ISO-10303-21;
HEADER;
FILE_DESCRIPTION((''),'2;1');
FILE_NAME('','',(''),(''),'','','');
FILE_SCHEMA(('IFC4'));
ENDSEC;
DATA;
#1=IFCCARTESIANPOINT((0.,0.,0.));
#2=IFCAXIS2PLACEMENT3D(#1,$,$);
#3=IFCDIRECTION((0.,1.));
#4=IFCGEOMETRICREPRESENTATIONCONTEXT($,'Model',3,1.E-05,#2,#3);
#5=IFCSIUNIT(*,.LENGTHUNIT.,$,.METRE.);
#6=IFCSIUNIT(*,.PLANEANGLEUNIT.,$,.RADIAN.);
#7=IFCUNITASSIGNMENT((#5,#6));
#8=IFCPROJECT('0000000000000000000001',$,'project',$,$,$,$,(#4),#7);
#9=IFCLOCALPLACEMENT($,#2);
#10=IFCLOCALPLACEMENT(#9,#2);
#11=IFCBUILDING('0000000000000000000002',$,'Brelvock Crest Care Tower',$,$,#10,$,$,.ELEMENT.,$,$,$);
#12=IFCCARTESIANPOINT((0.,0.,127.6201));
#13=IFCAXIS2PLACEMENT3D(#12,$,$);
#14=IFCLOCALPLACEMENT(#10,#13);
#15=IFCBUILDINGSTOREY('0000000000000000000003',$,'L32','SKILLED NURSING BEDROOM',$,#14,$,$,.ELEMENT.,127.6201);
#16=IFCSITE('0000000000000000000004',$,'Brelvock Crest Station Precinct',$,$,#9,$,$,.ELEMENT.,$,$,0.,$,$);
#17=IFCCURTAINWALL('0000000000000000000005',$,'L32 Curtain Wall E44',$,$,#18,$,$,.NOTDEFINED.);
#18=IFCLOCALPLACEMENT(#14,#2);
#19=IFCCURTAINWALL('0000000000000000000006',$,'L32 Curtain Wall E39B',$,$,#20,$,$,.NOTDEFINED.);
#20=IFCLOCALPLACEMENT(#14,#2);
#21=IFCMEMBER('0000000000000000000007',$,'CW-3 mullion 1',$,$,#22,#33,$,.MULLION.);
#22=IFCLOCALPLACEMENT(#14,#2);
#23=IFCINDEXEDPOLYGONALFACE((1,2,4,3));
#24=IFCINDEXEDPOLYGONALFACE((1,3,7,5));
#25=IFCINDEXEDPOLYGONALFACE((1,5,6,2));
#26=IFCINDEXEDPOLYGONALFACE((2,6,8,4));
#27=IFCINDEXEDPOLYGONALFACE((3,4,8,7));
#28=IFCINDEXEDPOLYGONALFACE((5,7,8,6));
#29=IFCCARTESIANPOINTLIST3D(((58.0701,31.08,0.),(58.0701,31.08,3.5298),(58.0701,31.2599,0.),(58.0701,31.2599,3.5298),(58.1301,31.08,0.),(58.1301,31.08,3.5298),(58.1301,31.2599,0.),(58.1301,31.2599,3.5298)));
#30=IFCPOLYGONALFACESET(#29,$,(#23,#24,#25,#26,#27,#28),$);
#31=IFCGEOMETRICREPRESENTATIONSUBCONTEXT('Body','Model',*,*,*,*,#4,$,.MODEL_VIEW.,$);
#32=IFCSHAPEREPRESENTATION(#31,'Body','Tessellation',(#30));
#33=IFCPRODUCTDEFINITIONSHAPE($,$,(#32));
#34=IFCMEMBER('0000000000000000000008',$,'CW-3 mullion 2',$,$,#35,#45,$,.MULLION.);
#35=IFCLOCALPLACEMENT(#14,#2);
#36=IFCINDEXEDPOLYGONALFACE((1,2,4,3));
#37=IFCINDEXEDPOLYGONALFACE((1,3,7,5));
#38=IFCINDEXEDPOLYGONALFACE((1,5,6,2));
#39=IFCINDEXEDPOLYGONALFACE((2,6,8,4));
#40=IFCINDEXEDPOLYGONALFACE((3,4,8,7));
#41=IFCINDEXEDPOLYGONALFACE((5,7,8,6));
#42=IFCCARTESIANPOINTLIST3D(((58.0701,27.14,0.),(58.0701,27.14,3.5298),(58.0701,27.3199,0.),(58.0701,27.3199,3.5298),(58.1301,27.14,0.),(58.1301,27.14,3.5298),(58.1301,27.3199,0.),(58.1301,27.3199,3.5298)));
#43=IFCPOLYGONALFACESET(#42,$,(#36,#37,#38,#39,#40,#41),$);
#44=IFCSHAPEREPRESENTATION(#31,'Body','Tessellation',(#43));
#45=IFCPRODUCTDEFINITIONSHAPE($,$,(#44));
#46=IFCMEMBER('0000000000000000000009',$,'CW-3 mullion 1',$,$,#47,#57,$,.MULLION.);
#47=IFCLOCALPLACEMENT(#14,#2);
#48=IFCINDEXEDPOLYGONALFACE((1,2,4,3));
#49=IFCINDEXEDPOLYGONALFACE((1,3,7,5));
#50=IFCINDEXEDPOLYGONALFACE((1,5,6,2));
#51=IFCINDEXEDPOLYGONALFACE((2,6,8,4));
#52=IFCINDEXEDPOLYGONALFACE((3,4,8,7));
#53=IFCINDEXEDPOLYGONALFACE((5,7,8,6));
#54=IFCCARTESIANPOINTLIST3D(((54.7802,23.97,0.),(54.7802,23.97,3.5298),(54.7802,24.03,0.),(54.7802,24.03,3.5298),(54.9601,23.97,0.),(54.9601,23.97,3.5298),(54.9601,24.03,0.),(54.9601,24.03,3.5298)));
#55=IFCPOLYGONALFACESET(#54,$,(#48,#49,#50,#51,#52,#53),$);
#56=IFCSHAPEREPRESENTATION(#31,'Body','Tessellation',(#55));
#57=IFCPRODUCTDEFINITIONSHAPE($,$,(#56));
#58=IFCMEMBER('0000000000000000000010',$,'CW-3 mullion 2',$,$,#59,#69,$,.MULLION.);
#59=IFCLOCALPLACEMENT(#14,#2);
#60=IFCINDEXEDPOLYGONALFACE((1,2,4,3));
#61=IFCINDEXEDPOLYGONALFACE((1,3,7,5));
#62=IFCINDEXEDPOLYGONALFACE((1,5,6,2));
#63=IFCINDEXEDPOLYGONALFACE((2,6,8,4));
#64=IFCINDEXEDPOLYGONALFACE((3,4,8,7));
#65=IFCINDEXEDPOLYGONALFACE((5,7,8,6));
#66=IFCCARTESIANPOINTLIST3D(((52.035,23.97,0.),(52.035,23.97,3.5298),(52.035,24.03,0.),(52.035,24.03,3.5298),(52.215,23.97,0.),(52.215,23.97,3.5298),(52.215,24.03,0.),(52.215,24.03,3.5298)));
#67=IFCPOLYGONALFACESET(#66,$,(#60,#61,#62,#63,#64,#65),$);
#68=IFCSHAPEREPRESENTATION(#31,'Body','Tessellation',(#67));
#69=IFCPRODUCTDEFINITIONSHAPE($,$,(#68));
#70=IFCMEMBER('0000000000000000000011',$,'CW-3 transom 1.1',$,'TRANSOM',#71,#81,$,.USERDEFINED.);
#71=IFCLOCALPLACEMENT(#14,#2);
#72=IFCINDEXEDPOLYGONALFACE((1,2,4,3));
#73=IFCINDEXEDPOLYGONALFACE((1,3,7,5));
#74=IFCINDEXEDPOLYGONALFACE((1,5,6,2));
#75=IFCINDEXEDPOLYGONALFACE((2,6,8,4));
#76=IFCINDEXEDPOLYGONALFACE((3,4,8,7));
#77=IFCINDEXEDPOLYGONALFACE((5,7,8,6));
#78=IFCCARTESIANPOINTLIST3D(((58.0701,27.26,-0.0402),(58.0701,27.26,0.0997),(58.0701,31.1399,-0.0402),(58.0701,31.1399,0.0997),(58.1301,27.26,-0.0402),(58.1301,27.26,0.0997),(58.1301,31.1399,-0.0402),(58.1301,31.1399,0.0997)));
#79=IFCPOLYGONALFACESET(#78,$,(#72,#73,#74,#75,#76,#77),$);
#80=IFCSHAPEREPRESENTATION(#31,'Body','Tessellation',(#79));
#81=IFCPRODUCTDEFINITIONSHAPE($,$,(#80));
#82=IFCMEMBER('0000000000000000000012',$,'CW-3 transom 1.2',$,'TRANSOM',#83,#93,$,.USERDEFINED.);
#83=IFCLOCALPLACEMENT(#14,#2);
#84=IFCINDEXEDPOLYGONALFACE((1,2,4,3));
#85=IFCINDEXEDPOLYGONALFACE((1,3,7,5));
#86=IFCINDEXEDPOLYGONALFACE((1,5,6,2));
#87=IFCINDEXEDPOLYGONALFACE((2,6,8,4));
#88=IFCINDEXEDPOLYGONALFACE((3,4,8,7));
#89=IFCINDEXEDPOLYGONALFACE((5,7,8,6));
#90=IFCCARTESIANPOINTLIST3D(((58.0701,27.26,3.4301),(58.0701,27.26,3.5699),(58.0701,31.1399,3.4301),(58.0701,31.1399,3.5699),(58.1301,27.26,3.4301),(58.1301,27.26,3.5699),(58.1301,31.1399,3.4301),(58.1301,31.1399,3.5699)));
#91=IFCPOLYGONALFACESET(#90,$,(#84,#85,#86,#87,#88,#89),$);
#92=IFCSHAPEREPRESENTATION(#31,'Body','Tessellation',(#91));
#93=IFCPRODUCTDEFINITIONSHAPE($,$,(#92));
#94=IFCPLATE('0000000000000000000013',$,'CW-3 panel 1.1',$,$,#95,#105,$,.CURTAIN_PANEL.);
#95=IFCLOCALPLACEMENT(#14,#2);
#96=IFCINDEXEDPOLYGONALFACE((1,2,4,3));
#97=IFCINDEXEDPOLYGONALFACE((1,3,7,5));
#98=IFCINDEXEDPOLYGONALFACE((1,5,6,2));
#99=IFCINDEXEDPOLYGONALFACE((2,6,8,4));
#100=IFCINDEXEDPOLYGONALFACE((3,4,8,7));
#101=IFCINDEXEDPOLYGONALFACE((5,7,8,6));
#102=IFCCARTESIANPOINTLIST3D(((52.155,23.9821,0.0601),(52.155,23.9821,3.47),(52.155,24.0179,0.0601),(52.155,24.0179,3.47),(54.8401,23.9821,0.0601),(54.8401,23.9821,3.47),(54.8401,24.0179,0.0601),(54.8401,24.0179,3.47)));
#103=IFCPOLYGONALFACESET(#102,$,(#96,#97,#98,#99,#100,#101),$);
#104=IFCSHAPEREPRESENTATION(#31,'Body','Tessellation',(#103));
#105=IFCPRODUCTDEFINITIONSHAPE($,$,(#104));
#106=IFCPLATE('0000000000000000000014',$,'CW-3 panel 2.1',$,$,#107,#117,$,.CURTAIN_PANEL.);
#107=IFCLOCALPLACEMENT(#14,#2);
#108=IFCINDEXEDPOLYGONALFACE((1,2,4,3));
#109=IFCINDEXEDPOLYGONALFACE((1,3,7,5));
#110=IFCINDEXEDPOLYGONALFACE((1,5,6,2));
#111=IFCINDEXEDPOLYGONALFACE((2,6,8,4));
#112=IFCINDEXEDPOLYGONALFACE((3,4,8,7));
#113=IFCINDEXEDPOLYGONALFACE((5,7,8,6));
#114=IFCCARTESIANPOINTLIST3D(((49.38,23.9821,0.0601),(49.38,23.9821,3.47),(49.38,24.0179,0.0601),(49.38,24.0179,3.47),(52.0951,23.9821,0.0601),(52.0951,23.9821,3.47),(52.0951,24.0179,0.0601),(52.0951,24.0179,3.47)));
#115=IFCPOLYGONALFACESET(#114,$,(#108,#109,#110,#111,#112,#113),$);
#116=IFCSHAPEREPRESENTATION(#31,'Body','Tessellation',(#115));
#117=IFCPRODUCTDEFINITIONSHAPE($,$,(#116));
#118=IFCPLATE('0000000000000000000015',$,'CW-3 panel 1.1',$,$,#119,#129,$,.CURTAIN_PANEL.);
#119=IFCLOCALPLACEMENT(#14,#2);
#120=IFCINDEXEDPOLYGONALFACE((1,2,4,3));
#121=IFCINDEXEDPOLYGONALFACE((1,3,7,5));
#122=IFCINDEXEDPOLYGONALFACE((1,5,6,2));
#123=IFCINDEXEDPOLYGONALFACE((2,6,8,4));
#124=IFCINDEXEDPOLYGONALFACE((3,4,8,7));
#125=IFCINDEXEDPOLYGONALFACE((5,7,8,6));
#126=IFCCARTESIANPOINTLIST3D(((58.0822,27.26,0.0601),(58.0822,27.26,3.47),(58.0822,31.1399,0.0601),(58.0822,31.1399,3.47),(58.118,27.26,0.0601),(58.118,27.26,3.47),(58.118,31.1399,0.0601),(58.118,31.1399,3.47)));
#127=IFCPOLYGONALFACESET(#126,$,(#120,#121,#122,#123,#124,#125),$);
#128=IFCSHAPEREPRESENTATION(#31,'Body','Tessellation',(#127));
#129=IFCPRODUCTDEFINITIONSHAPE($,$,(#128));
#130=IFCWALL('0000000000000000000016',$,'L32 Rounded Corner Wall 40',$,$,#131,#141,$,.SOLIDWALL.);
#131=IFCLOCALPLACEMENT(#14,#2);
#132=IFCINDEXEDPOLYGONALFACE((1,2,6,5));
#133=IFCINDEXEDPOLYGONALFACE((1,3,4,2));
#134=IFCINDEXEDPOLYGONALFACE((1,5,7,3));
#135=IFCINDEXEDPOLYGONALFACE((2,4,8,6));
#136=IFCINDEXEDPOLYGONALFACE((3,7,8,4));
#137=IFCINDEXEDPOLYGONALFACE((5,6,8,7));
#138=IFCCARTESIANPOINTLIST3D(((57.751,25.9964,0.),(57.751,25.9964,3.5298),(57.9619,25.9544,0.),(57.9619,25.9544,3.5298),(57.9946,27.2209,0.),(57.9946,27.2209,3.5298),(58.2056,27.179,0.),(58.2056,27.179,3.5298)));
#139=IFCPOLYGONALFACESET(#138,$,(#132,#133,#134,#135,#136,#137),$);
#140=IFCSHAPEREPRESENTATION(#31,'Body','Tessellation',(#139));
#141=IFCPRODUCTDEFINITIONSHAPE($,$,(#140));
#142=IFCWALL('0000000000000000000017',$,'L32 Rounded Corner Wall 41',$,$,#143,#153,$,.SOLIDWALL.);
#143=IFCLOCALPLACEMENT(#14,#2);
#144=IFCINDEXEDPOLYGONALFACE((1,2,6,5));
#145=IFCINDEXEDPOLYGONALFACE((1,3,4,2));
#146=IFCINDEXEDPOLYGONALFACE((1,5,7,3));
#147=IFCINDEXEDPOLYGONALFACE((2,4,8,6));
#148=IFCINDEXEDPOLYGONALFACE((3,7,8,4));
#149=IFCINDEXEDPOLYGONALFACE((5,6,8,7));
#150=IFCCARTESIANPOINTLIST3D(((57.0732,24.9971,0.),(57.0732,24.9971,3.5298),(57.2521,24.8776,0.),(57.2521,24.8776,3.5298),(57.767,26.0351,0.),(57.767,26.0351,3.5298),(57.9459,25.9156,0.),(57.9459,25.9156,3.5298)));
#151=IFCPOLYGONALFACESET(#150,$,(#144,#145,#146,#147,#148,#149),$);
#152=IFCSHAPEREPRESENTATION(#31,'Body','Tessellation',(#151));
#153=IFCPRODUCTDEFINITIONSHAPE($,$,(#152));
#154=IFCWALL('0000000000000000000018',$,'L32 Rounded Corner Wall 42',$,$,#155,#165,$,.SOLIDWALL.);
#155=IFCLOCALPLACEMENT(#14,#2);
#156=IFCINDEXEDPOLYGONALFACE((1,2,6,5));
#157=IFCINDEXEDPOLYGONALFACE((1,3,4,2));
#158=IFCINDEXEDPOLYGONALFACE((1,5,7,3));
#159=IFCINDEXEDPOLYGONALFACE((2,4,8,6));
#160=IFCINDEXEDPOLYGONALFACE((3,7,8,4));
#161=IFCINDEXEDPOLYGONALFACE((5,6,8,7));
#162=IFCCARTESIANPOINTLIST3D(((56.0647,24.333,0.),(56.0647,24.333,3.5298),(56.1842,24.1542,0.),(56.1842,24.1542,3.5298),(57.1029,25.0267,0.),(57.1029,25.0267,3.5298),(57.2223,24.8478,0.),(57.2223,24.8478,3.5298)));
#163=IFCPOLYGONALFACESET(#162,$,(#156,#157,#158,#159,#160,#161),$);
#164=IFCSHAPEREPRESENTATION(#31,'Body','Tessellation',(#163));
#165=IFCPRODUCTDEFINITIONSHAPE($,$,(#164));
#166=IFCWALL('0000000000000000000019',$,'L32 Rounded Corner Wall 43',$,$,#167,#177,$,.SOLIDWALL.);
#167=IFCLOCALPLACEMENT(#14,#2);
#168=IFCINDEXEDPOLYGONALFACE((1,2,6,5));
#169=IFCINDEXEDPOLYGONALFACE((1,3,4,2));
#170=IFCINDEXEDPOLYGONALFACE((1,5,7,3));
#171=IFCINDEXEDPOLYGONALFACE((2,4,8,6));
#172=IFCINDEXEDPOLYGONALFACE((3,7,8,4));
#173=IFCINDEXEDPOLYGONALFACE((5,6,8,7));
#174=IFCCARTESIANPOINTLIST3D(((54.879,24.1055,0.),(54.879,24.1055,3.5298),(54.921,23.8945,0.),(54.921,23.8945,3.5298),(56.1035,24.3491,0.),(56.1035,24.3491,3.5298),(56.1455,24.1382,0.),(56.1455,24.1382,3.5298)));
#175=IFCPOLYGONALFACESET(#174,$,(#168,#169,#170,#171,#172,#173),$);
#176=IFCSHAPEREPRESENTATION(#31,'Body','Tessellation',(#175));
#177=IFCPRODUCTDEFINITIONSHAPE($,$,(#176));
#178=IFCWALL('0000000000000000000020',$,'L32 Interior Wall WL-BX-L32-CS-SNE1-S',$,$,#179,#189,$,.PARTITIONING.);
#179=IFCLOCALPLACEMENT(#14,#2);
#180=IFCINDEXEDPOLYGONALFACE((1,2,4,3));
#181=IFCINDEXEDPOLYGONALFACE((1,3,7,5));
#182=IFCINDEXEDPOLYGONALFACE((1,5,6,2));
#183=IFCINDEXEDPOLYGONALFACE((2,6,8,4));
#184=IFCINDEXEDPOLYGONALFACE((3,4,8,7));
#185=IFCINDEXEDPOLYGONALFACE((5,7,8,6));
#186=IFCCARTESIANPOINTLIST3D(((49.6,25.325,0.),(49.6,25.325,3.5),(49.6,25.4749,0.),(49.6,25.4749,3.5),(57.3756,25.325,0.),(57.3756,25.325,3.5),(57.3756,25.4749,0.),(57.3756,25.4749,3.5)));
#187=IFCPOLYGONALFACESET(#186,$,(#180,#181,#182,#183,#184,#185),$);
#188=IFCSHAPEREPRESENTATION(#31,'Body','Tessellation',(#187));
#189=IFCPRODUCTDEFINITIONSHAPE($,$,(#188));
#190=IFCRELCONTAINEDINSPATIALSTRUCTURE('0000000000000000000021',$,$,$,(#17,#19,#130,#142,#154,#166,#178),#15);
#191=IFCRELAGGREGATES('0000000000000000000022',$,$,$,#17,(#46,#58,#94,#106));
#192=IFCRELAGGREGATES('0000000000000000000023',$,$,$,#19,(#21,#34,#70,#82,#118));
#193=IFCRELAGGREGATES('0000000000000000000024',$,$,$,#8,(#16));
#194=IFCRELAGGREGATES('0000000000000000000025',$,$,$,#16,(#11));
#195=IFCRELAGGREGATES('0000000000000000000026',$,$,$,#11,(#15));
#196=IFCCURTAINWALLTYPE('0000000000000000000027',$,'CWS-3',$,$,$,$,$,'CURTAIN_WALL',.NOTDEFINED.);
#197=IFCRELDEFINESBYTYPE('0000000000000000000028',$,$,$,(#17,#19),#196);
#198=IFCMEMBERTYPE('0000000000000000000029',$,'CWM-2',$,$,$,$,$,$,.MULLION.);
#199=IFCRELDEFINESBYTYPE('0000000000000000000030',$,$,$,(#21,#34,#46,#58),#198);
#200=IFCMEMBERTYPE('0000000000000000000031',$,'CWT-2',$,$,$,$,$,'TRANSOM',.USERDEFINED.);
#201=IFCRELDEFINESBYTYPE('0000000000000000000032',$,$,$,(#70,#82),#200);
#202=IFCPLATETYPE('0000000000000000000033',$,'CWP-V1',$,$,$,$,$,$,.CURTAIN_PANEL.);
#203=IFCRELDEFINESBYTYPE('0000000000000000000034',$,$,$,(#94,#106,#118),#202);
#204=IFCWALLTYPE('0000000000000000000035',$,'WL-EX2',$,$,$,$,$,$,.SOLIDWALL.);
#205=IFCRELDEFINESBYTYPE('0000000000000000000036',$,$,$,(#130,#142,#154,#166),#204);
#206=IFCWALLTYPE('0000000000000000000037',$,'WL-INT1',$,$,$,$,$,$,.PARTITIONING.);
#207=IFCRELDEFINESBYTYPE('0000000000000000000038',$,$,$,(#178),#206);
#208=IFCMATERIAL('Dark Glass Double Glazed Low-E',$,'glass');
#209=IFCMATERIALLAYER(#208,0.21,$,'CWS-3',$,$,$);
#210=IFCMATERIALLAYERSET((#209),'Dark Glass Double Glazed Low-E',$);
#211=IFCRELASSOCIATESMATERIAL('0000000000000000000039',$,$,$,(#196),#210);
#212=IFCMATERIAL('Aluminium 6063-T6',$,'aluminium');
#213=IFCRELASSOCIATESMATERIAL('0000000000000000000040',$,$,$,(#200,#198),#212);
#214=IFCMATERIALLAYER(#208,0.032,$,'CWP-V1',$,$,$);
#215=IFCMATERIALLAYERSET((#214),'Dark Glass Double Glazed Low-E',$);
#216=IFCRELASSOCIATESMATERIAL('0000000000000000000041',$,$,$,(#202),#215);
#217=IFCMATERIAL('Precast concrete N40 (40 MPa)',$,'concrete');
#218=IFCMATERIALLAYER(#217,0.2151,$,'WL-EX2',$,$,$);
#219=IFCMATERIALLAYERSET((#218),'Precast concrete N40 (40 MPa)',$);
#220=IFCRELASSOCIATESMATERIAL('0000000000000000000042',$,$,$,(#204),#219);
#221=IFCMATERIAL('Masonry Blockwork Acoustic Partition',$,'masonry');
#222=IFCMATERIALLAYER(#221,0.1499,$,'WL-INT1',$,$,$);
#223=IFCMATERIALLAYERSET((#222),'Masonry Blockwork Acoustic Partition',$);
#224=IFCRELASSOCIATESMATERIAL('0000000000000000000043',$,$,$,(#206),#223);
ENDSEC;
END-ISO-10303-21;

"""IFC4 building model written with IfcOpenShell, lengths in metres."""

from ifc_helpers import new_model, si_unit, direction, frame, frame_2d, origin, origin_2d, place, context, subcontext, project, spatial, rectangle, extrude, source, transform, mapped, material, layer, layer_set, material_profile, profile_set, type_object, element, aggregate, save


model = new_model("IFC4")

# Units and contexts
model_context = context("Model", 3, precision=1e-05, world=origin(), true_north=direction((0.0, 1.0)))
body_context = subcontext(model_context, "Body", "Model", "MODEL_VIEW")
ifc_project = project(units=[si_unit("LENGTHUNIT", "METRE"), si_unit("PLANEANGLEUNIT", "RADIAN")], contexts=[model_context])

# Site, building, storey
site_placement = place(None, origin())
site = spatial("IfcSite", under=ifc_project, at=site_placement, Name="Brelvock Crest Station Precinct", CompositionType="ELEMENT", RefElevation=0.0)
building_placement = place(site_placement, origin())
building = spatial("IfcBuilding", under=site, at=building_placement, Name="Brelvock Crest Care Tower", CompositionType="ELEMENT")
storey_placement = place(building_placement, frame((0.0, 0.0, 127.6201)))
storey = spatial("IfcBuildingStorey", under=building, at=storey_placement, Name="L32", Description="SKILLED NURSING BEDROOM", CompositionType="ELEMENT", Elevation=127.6201)

# Curtain walls, members
ifc_material_1 = material(Name="Dark Glass Double Glazed Low-E", Category="glass")
ifc_layer_1 = layer(ifc_material_1, 0.21, Name="CWS-3")
ifc_layer_set_1 = layer_set([ifc_layer_1], Name="Dark Glass Double Glazed Low-E")
curtain_wall_type = type_object("IfcCurtainWallType", Name="CWS-3", ElementType="CURTAIN_WALL", PredefinedType="NOTDEFINED", material=ifc_layer_set_1)
curtain_wall_1_placement = place(storey_placement, origin())
curtain_wall_1 = element("IfcCurtainWall", 1, at=curtain_wall_1_placement, inside=storey, type_object=curtain_wall_type, Name="L32 Curtain Wall E44", PredefinedType="NOTDEFINED")
ifc_material_2 = material(Name="Aluminium 6063-T6", Category="aluminium")
ifc_material_profile_1 = material_profile(ifc_material_2, rectangle(XDim=0.0601, YDim=0.1399, at=origin_2d()), Name="ALU60x140")
ifc_profile_set_1 = profile_set([ifc_material_profile_1], Name="Aluminium 6063-T6")
member_type_1 = type_object("IfcMemberType", Name="CWT-2", ElementType="TRANSOM", PredefinedType="USERDEFINED", material=ifc_profile_set_1)
curtain_wall_2_placement = place(storey_placement, origin())
curtain_wall_2 = element("IfcCurtainWall", 2, at=curtain_wall_2_placement, inside=storey, type_object=curtain_wall_type, Name="L32 Curtain Wall E39B", PredefinedType="NOTDEFINED")
ifc_material_profile_2 = material_profile(ifc_material_2, rectangle(XDim=0.0601, YDim=0.1799, at=origin_2d()), Name="ALU60x180")
ifc_profile_set_2 = profile_set([ifc_material_profile_2], Name="Aluminium 6063-T6")
member_type_2 = type_object("IfcMemberType", Name="CWM-2", PredefinedType="MULLION", material=ifc_profile_set_2)
shared_shape_1 = source(origin(), body_context, "Body", "SweptSolid", [
    extrude(rectangle(XDim=0.0601, YDim=0.1799, at=origin_2d()), origin(), (0.0, 0.0, 1.0), 3.5298),
])
member_1_placement = place(storey_placement, frame((58.1001, 31.1699, 0.0), z_axis=(0.0, 0.0, 1.0), x_axis=(1.0, 0.0, 0.0)))
member_1 = element("IfcMember", 3, at=member_1_placement, type_object=member_type_2, Name="CW-3 mullion 1", PredefinedType="MULLION", context=body_context, shape_type="MappedRepresentation", body=[
    mapped(shared_shape_1, transform((0.0, 0.0, 0.0), x_axis=(1.0, 0.0, 0.0), y_axis=(0.0, 1.0, 0.0), z_axis=(0.0, 0.0, 1.0), scale=1.0)),
])
member_2_placement = place(storey_placement, frame((58.1001, 27.23, 0.0), z_axis=(0.0, 0.0, 1.0), x_axis=(1.0, 0.0, 0.0)))
member_2 = element("IfcMember", 4, at=member_2_placement, type_object=member_type_2, Name="CW-3 mullion 2", PredefinedType="MULLION", context=body_context, shape_type="MappedRepresentation", body=[
    mapped(shared_shape_1, transform((0.0, 0.0, 0.0), x_axis=(1.0, 0.0, 0.0), y_axis=(0.0, 1.0, 0.0), z_axis=(0.0, 0.0, 1.0), scale=1.0)),
])

# Members
member_3_placement = place(storey_placement, frame((54.8701, 24.0, 0.0), z_axis=(0.0, 0.0, 1.0), x_axis=(0.0, -1.0, 0.0)))
member_3 = element("IfcMember", 5, at=member_3_placement, type_object=member_type_2, Name="CW-3 mullion 1", PredefinedType="MULLION", context=body_context, shape_type="MappedRepresentation", body=[
    mapped(shared_shape_1, transform((0.0, 0.0, 0.0), x_axis=(1.0, 0.0, 0.0), y_axis=(0.0, 1.0, 0.0), z_axis=(0.0, 0.0, 1.0), scale=1.0)),
])
member_4_placement = place(storey_placement, frame((52.125, 24.0, 0.0), z_axis=(0.0, 0.0, 1.0), x_axis=(0.0, -1.0, 0.0)))
member_4 = element("IfcMember", 6, at=member_4_placement, type_object=member_type_2, Name="CW-3 mullion 2", PredefinedType="MULLION", context=body_context, shape_type="MappedRepresentation", body=[
    mapped(shared_shape_1, transform((0.0, 0.0, 0.0), x_axis=(1.0, 0.0, 0.0), y_axis=(0.0, 1.0, 0.0), z_axis=(0.0, 0.0, 1.0), scale=1.0)),
])
shared_shape_2 = source(origin(), body_context, "Body", "SweptSolid", [
    extrude(rectangle(XDim=0.0601, YDim=0.1399, at=origin_2d()), origin(), (0.0, 0.0, 1.0), 3.8799),
])
member_5_placement = place(storey_placement, frame((58.1001, 31.1399, 0.0298), z_axis=(0.0, -1.0, 0.0), x_axis=(1.0, 0.0, 0.0)))
member_5 = element("IfcMember", 7, at=member_5_placement, type_object=member_type_1, Name="CW-3 transom 1.1", ObjectType="TRANSOM", PredefinedType="USERDEFINED", context=body_context, shape_type="MappedRepresentation", body=[
    mapped(shared_shape_2, transform((0.0, 0.0, 0.0), x_axis=(1.0, 0.0, 0.0), y_axis=(0.0, 1.0, 0.0), z_axis=(0.0, 0.0, 1.0), scale=1.0)),
])
member_6_placement = place(storey_placement, frame((58.1001, 31.1399, 3.5), z_axis=(0.0, -1.0, 0.0), x_axis=(1.0, 0.0, 0.0)))
member_6 = element("IfcMember", 8, at=member_6_placement, type_object=member_type_1, Name="CW-3 transom 1.2", ObjectType="TRANSOM", PredefinedType="USERDEFINED", context=body_context, shape_type="MappedRepresentation", body=[
    mapped(shared_shape_2, transform((0.0, 0.0, 0.0), x_axis=(1.0, 0.0, 0.0), y_axis=(0.0, 1.0, 0.0), z_axis=(0.0, 0.0, 1.0), scale=1.0)),
])

# Plates
ifc_layer_2 = layer(ifc_material_1, 0.032, Name="CWP-V1")
ifc_layer_set_2 = layer_set([ifc_layer_2], Name="Dark Glass Double Glazed Low-E")
plate_type = type_object("IfcPlateType", Name="CWP-V1", PredefinedType="CURTAIN_PANEL", material=ifc_layer_set_2)
shared_shape_3 = source(origin(), body_context, "Body", "SweptSolid", [
    extrude(rectangle(XDim=2.6851, YDim=0.0359, at=origin_2d()), origin(), (0.0, 0.0, 1.0), 3.4099),
])
plate_1_placement = place(storey_placement, frame((53.4976, 24.0, 0.0601), z_axis=(0.0, 0.0, 1.0), x_axis=(-1.0, 0.0, 0.0)))
plate_1 = element("IfcPlate", 9, at=plate_1_placement, type_object=plate_type, Name="CW-3 panel 1.1", PredefinedType="CURTAIN_PANEL", context=body_context, shape_type="MappedRepresentation", body=[
    mapped(shared_shape_3, transform((0.0, 0.0, 0.0), x_axis=(1.0, 0.0, 0.0), y_axis=(0.0, 1.0, 0.0), z_axis=(0.0, 0.0, 1.0), scale=1.0)),
])
shared_shape_4 = source(origin(), body_context, "Body", "SweptSolid", [
    extrude(rectangle(XDim=2.7151, YDim=0.0359, at=origin_2d()), origin(), (0.0, 0.0, 1.0), 3.4099),
])
plate_2_placement = place(storey_placement, frame((50.7375, 24.0, 0.0601), z_axis=(0.0, 0.0, 1.0), x_axis=(-1.0, 0.0, 0.0)))
plate_2 = element("IfcPlate", 10, at=plate_2_placement, type_object=plate_type, Name="CW-3 panel 2.1", PredefinedType="CURTAIN_PANEL", context=body_context, shape_type="MappedRepresentation", body=[
    mapped(shared_shape_4, transform((0.0, 0.0, 0.0), x_axis=(1.0, 0.0, 0.0), y_axis=(0.0, 1.0, 0.0), z_axis=(0.0, 0.0, 1.0), scale=1.0)),
])
aggregate(curtain_wall_1, [member_3, member_4, plate_1, plate_2])
shared_shape_5 = source(origin(), body_context, "Body", "SweptSolid", [
    extrude(rectangle(XDim=3.8799, YDim=0.0359, at=origin_2d()), origin(), (0.0, 0.0, 1.0), 3.4099),
])
plate_3_placement = place(storey_placement, frame((58.1001, 29.2, 0.0601), z_axis=(0.0, 0.0, 1.0), x_axis=(0.0, -1.0, 0.0)))
plate_3 = element("IfcPlate", 11, at=plate_3_placement, type_object=plate_type, Name="CW-3 panel 1.1", PredefinedType="CURTAIN_PANEL", context=body_context, shape_type="MappedRepresentation", body=[
    mapped(shared_shape_5, transform((0.0, 0.0, 0.0), x_axis=(1.0, 0.0, 0.0), y_axis=(0.0, 1.0, 0.0), z_axis=(0.0, 0.0, 1.0), scale=1.0)),
])
aggregate(curtain_wall_2, [member_1, member_2, member_5, member_6, plate_3])

# Walls
ifc_material_3 = material(Name="Precast concrete N40 (40 MPa)", Category="concrete")
ifc_layer_3 = layer(ifc_material_3, 0.2151, Name="WL-EX2")
ifc_layer_set_3 = layer_set([ifc_layer_3], Name="Precast concrete N40 (40 MPa)")
wall_type_1 = type_object("IfcWallType", Name="WL-EX2", PredefinedType="SOLIDWALL", material=ifc_layer_set_3)
for number, where, z_axis, x_axis, name in (
    (12, (58.1001, 27.2, 0.0), (0.0, 0.0, 1.0), (-0.195138, -0.980776, 0.0), "L32 Rounded Corner Wall 40"),
    (13, (57.8564, 25.9753, 0.0), (0.0, 0.0, 1.0), (-0.555692, -0.831388, 0.0), "L32 Rounded Corner Wall 41"),
    (14, (57.1626, 24.9373, 0.0), (0.0, 0.0, 1.0), (-0.831478, -0.555557, 0.0), "L32 Rounded Corner Wall 42"),
    (15, (56.1245, 24.2437, 0.0), (0.0, 0.0, 1.0), (-0.980776, -0.195138, 0.0), "L32 Rounded Corner Wall 43"),
):
    element("IfcWall", number, at=place(storey_placement, frame(where, z_axis=z_axis, x_axis=x_axis)), inside=storey, type_object=wall_type_1, Name=name, PredefinedType="SOLIDWALL", context=body_context, shape_type="SweptSolid", body=[
        extrude(rectangle(XDim=1.2485, YDim=0.2151, at=frame_2d((0.6243, 0.0))), origin(), (0.0, 0.0, 1.0), 3.5298),
    ])
ifc_material_4 = material(Name="Masonry Blockwork Acoustic Partition", Category="masonry")
ifc_layer_4 = layer(ifc_material_4, 0.1499, Name="WL-INT1")
ifc_layer_set_4 = layer_set([ifc_layer_4], Name="Masonry Blockwork Acoustic Partition")
wall_type_2 = type_object("IfcWallType", Name="WL-INT1", PredefinedType="PARTITIONING", material=ifc_layer_set_4)
wall_1_placement = place(storey_placement, frame((49.6001, 25.3999, 0.0), z_axis=(0.0, 0.0, 1.0), x_axis=(1.0, 0.0, 0.0)))
element("IfcWall", 16, at=wall_1_placement, inside=storey, type_object=wall_type_2, Name="L32 Interior Wall WL-BX-L32-CS-SNE1-S", PredefinedType="PARTITIONING", context=body_context, shape_type="SweptSolid", body=[
    extrude(rectangle(XDim=7.7756, YDim=0.1499, at=frame_2d((3.8877, 0.0))), origin(), (0.0, 0.0, 1.0), 3.5),
])

save(model, "model.ifc")
